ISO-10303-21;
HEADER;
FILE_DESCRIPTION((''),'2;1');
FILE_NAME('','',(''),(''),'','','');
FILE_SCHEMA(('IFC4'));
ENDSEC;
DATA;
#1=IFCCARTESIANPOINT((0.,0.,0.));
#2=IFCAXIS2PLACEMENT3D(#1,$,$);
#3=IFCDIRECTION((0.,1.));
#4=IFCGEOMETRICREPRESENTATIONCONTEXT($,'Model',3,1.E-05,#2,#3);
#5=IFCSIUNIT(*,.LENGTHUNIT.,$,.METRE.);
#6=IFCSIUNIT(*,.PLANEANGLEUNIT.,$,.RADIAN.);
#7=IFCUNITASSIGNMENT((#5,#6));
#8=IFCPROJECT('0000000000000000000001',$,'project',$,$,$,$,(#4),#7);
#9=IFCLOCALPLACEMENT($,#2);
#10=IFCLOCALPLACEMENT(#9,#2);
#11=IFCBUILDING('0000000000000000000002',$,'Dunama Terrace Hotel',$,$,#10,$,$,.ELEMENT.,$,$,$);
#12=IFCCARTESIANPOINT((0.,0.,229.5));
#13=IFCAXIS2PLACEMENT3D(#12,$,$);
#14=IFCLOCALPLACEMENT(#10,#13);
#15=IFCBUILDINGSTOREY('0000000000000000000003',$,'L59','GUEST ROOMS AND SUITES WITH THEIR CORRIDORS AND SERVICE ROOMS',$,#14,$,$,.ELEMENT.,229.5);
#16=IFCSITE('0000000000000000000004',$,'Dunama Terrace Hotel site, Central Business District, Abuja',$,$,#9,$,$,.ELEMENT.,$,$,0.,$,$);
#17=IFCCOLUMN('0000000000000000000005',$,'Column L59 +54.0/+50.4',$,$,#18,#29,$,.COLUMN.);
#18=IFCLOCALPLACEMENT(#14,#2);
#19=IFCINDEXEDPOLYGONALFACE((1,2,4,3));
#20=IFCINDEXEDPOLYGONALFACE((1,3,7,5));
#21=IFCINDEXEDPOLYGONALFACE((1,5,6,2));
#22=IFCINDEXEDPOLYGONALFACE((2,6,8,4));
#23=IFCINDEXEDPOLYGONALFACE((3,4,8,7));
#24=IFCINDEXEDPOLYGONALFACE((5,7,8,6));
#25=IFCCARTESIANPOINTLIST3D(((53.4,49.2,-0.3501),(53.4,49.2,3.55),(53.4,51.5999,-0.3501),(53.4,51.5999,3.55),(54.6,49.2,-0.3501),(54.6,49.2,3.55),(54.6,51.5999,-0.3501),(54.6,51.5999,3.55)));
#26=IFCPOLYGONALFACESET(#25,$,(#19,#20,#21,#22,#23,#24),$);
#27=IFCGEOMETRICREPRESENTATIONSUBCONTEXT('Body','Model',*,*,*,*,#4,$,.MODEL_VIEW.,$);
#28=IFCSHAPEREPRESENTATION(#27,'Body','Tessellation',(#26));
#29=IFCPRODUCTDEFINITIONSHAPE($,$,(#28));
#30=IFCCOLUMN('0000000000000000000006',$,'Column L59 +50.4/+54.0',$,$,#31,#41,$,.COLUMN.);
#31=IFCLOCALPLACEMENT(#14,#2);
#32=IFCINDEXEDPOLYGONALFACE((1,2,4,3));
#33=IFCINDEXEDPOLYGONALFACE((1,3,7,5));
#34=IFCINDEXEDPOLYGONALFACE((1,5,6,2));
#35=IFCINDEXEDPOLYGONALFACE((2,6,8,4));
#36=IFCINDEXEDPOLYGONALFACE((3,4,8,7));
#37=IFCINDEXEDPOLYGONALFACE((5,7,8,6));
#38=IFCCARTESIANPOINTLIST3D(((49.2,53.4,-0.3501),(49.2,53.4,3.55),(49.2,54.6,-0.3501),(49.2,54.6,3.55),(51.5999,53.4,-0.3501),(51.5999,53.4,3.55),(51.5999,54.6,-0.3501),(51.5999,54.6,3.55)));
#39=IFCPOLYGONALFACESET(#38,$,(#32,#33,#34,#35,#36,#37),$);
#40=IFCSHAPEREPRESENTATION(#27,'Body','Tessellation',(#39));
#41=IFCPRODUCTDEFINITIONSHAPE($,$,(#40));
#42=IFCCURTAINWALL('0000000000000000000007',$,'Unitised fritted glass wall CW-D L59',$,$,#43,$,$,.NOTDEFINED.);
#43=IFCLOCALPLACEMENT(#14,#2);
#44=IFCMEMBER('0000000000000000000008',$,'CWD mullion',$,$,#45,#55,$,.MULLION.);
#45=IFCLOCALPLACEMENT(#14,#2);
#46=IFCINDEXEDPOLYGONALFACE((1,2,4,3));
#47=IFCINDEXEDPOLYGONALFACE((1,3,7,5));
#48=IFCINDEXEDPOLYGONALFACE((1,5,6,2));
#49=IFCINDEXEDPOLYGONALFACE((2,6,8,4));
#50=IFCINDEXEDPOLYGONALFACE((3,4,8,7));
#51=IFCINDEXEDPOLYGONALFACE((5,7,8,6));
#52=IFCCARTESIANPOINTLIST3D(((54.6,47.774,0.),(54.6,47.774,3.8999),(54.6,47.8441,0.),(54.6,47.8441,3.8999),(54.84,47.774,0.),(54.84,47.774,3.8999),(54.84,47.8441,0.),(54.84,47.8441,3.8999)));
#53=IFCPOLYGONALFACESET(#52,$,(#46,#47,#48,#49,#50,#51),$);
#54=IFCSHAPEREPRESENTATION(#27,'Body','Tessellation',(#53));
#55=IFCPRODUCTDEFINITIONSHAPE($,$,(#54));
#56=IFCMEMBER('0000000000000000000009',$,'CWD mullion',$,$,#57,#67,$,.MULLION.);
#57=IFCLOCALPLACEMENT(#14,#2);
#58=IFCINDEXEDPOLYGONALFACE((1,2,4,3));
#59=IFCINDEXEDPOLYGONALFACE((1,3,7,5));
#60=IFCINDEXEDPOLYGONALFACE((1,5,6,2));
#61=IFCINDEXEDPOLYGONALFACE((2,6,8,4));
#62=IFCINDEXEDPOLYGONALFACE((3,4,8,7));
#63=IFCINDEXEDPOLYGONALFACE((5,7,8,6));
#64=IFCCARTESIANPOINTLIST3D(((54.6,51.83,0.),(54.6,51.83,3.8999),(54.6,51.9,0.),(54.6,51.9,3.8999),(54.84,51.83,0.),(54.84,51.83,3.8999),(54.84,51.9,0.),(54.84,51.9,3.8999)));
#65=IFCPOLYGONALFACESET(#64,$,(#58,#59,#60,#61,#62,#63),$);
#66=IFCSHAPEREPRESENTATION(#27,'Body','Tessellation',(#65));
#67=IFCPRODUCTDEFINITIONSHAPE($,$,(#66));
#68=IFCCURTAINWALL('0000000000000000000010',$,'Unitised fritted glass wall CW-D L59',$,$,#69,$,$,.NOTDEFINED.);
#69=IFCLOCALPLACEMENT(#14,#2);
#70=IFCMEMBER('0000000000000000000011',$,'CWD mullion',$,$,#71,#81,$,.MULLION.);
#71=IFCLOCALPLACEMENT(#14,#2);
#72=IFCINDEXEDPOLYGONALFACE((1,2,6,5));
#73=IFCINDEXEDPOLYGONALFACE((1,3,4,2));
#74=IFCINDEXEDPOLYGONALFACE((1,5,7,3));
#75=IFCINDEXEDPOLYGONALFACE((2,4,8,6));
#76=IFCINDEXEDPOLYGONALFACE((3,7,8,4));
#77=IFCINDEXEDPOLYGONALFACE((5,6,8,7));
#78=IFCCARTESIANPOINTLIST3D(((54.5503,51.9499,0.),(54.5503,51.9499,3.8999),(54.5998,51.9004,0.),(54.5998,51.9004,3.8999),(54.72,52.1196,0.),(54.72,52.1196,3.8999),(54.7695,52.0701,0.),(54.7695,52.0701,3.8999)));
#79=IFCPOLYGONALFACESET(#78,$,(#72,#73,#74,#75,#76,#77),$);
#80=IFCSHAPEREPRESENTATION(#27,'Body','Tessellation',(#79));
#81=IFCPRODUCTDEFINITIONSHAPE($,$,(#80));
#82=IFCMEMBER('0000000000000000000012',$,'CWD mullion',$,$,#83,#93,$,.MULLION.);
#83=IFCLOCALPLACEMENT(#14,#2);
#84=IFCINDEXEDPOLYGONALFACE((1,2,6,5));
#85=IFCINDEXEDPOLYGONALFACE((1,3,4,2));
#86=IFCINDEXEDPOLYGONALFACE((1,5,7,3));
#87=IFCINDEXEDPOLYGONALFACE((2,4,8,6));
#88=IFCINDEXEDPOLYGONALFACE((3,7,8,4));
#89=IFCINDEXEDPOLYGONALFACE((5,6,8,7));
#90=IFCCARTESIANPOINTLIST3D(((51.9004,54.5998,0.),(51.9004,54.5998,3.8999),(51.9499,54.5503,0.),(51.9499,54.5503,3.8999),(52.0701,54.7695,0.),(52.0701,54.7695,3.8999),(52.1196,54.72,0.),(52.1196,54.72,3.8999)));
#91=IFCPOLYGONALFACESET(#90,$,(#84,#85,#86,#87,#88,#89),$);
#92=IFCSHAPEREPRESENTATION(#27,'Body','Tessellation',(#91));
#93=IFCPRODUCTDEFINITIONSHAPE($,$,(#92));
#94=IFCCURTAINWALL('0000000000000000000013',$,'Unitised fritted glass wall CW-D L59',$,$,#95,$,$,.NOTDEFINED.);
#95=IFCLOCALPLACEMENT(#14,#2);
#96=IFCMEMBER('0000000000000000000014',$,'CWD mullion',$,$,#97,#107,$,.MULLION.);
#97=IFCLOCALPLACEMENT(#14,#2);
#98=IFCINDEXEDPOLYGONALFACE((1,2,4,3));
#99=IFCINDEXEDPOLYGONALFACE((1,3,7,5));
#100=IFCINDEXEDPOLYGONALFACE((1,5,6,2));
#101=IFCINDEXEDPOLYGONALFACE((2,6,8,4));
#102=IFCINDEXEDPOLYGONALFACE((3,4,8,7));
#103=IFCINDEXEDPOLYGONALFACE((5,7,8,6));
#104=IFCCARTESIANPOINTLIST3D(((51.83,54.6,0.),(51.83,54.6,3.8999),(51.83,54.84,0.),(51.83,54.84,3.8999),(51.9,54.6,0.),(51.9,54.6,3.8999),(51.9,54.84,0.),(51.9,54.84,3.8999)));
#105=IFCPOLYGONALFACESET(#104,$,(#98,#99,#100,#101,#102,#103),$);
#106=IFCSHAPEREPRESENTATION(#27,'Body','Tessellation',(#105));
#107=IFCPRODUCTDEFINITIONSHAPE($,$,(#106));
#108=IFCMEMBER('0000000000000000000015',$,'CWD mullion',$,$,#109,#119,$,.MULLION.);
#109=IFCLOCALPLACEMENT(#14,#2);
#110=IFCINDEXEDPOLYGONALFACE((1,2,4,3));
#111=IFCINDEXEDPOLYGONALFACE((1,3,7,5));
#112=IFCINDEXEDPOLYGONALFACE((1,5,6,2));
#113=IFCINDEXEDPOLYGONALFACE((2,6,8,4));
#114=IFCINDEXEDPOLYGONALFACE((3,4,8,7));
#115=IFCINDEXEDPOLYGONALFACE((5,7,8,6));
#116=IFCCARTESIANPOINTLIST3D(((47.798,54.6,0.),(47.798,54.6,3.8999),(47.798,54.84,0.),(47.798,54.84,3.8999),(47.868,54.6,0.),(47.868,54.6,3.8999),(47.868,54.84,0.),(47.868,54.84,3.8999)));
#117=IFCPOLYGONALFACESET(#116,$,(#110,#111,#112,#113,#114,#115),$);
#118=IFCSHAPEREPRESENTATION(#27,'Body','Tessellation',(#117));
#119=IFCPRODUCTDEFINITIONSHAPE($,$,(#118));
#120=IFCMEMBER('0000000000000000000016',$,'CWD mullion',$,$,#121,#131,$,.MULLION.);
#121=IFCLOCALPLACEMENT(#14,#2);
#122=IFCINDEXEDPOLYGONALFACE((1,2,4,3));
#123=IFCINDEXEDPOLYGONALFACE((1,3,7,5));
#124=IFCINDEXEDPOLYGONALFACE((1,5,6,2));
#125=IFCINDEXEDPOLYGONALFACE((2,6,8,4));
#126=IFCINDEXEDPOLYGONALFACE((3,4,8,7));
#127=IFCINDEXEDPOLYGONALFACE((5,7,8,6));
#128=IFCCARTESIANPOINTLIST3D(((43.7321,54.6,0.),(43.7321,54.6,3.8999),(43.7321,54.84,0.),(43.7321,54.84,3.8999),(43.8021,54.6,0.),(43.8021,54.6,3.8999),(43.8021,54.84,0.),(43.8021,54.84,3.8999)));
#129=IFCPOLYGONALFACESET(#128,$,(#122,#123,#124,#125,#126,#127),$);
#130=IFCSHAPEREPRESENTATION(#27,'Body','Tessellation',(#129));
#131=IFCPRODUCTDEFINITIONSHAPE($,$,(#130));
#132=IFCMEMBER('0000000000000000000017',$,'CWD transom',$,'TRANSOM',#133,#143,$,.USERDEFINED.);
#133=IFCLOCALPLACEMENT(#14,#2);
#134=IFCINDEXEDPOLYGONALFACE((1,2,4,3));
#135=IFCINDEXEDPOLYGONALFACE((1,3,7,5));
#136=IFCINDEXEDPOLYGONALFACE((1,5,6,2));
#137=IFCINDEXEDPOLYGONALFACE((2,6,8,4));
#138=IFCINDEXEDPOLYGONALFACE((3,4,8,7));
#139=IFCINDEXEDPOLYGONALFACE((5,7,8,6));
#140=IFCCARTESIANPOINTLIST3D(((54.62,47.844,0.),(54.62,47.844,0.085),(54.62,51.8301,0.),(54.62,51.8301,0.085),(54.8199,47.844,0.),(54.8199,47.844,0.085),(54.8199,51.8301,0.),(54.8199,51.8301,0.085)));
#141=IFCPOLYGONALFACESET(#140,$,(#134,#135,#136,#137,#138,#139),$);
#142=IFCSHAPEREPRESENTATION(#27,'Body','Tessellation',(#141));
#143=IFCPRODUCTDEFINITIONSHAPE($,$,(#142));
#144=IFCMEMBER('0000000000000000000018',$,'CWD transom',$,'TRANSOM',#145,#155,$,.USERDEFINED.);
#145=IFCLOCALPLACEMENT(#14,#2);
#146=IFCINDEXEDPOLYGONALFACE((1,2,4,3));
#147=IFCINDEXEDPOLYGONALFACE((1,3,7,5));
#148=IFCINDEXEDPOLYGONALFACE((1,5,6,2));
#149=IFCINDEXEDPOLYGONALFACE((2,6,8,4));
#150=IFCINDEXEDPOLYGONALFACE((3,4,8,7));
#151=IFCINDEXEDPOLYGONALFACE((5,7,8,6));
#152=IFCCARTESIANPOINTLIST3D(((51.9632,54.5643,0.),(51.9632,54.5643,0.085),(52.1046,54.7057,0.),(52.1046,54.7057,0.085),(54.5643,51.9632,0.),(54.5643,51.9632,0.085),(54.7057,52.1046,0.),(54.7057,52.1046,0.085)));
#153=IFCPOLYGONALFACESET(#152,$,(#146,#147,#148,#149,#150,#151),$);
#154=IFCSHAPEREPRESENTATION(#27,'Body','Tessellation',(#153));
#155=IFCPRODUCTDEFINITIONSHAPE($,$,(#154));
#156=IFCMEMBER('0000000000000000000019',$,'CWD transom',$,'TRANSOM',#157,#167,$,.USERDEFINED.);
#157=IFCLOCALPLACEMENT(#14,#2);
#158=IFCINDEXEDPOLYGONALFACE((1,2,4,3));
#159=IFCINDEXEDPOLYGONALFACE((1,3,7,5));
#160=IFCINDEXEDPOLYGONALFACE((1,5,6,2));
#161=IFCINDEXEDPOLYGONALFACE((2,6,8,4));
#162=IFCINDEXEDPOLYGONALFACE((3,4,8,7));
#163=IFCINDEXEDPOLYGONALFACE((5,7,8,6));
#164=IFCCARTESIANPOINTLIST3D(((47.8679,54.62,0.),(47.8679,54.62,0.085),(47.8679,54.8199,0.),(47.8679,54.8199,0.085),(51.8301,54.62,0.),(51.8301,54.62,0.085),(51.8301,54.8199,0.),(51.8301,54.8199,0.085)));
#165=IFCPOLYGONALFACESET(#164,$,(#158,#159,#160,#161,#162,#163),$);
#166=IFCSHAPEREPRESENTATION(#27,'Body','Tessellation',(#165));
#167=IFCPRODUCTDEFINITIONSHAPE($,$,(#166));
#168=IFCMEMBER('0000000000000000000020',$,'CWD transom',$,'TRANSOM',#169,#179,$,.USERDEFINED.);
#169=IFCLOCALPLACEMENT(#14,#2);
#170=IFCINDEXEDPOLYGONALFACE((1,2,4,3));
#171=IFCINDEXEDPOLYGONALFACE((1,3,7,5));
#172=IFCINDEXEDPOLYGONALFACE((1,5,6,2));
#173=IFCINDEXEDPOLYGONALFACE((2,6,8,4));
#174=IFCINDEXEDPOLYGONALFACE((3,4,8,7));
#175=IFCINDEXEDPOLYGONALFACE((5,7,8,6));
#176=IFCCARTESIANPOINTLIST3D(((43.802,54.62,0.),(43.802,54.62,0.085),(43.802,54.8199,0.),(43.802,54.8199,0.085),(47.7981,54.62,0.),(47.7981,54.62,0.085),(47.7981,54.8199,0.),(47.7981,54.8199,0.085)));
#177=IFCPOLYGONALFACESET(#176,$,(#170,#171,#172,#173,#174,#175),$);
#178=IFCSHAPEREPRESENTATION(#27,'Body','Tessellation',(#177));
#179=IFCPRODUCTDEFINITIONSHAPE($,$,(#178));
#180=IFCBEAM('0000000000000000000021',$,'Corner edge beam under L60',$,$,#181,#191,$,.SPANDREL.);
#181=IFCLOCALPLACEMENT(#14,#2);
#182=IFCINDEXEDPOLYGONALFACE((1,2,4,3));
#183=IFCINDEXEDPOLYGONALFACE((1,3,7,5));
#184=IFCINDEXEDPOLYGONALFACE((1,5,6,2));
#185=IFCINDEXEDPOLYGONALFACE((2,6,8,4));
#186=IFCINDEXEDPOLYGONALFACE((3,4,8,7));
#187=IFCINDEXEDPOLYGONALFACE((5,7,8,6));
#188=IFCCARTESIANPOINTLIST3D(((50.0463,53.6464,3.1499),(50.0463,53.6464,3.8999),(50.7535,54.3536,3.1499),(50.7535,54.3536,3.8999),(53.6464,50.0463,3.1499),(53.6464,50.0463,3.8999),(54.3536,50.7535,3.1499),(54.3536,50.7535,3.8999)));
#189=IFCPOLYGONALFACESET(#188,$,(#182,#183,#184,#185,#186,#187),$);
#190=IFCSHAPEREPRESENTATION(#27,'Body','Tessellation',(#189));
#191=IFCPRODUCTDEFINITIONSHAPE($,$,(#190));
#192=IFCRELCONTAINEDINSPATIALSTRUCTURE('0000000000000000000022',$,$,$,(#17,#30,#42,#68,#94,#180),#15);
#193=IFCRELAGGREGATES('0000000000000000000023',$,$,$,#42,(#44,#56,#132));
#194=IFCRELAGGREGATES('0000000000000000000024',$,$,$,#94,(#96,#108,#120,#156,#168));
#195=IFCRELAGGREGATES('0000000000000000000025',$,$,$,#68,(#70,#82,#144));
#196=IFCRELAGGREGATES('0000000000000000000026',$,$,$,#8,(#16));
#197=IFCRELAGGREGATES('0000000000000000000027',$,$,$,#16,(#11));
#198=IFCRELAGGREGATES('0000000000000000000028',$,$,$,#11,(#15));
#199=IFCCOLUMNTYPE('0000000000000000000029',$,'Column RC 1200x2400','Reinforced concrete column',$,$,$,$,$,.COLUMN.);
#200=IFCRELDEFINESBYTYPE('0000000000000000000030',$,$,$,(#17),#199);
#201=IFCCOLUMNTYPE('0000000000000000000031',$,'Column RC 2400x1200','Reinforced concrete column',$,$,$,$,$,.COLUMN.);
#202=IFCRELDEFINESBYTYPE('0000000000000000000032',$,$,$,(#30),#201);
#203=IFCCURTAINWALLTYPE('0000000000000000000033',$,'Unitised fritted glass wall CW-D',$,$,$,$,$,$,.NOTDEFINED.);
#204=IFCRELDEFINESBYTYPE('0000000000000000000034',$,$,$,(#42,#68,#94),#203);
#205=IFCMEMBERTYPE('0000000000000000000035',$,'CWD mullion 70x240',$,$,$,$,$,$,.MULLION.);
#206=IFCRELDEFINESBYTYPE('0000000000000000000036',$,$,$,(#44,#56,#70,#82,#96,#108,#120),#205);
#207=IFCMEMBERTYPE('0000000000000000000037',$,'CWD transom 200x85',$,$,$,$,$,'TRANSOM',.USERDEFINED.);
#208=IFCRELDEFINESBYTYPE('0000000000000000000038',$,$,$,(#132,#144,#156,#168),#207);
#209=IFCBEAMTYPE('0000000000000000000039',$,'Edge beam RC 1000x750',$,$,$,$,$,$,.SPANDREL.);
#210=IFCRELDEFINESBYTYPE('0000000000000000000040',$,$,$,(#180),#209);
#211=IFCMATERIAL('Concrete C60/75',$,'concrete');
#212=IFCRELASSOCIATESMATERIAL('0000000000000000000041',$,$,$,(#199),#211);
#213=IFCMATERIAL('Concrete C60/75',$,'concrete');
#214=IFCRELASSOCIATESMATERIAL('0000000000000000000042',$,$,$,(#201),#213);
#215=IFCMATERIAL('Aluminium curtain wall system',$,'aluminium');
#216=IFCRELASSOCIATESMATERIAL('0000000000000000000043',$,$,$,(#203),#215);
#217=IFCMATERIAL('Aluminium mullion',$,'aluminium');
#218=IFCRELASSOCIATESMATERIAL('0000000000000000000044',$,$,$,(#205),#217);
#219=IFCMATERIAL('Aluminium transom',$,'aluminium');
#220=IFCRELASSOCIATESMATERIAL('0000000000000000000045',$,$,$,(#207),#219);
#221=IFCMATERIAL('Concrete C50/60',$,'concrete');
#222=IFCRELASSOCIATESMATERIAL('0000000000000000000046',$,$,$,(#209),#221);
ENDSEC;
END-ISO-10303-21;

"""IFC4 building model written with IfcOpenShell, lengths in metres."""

from ifc_helpers import new_model, si_unit, direction, frame, origin, origin_2d, place, context, subcontext, project, spatial, rectangle, extrude, material, material_profile, profile_set, type_object, element, aggregate, save


model = new_model("IFC4")

# Units and contexts
model_context = context("Model", 3, precision=1e-05, world=origin(), true_north=direction((0.0, 1.0)))
body_context = subcontext(model_context, "Body", "Model", "MODEL_VIEW")
ifc_project = project(units=[si_unit("LENGTHUNIT", "METRE"), si_unit("PLANEANGLEUNIT", "RADIAN")], contexts=[model_context])

# Site, building, storey
site_placement = place(None, origin())
site = spatial("IfcSite", under=ifc_project, at=site_placement, Name="Dunama Terrace Hotel site, Central Business District, Abuja", CompositionType="ELEMENT", RefElevation=0.0)
building_placement = place(site_placement, origin())
building = spatial("IfcBuilding", under=site, at=building_placement, Name="Dunama Terrace Hotel", CompositionType="ELEMENT")
storey_placement = place(building_placement, frame((0.0, 0.0, 229.5)))
storey = spatial("IfcBuildingStorey", under=building, at=storey_placement, Name="L59", Description="GUEST ROOMS AND SUITES WITH THEIR CORRIDORS AND SERVICE ROOMS", CompositionType="ELEMENT", Elevation=229.5)

# Columns
ifc_material_1 = material(Name="Concrete C60/75", Category="concrete")
ifc_material_profile_1 = material_profile(ifc_material_1, rectangle(XDim=1.2, YDim=2.3999, at=origin_2d()), Name="RC 1200x2400")
ifc_profile_set_1 = profile_set([ifc_material_profile_1], Name="Concrete C60/75")
column_type_1 = type_object("IfcColumnType", Name="Column RC 1200x2400", Description="Reinforced concrete column", PredefinedType="COLUMN", material=ifc_profile_set_1)
column_1_placement = place(storey_placement, frame((54.0, 50.3999, -0.3501), z_axis=(0.0, 0.0, 1.0), x_axis=(1.0, 0.0, 0.0)))
element("IfcColumn", 1, at=column_1_placement, inside=storey, type_object=column_type_1, Name="Column L59 +54.0/+50.4", PredefinedType="COLUMN", context=body_context, shape_type="SweptSolid", body=[
    extrude(rectangle(XDim=1.2, YDim=2.3999, at=origin_2d()), origin(), (0.0, 0.0, 1.0), 3.9001),
])
ifc_material_2 = material(Name="Concrete C60/75", Category="concrete")
ifc_material_profile_2 = material_profile(ifc_material_2, rectangle(XDim=2.3999, YDim=1.2, at=origin_2d()), Name="RC 2400x1200")
ifc_profile_set_2 = profile_set([ifc_material_profile_2], Name="Concrete C60/75")
column_type_2 = type_object("IfcColumnType", Name="Column RC 2400x1200", Description="Reinforced concrete column", PredefinedType="COLUMN", material=ifc_profile_set_2)
column_2_placement = place(storey_placement, frame((50.3999, 54.0, -0.3501), z_axis=(0.0, 0.0, 1.0), x_axis=(1.0, 0.0, 0.0)))
element("IfcColumn", 2, at=column_2_placement, inside=storey, type_object=column_type_2, Name="Column L59 +50.4/+54.0", PredefinedType="COLUMN", context=body_context, shape_type="SweptSolid", body=[
    extrude(rectangle(XDim=2.3999, YDim=1.2, at=origin_2d()), origin(), (0.0, 0.0, 1.0), 3.9001),
])

# Curtain walls, members
ifc_material_3 = material(Name="Aluminium curtain wall system", Category="aluminium")
curtain_wall_type = type_object("IfcCurtainWallType", Name="Unitised fritted glass wall CW-D", PredefinedType="NOTDEFINED", material=ifc_material_3)
curtain_wall_1_placement = place(storey_placement, origin())
curtain_wall_1 = element("IfcCurtainWall", 3, at=curtain_wall_1_placement, inside=storey, type_object=curtain_wall_type, Name="Unitised fritted glass wall CW-D L59", PredefinedType="NOTDEFINED")
ifc_material_4 = material(Name="Aluminium mullion", Category="aluminium")
ifc_material_profile_3 = material_profile(ifc_material_4, rectangle(XDim=0.0701, YDim=0.24, at=origin_2d()), Name="CWD MULLION 70X240")
ifc_profile_set_3 = profile_set([ifc_material_profile_3], Name="Aluminium mullion")
member_type_1 = type_object("IfcMemberType", Name="CWD mullion 70x240", PredefinedType="MULLION", material=ifc_profile_set_3)
member_1_placement = place(storey_placement, frame((54.72, 47.8091, 0.0), z_axis=(0.0, 0.0, 1.0), x_axis=(0.0, 1.0, 0.0)))
member_1 = element("IfcMember", 4, at=member_1_placement, type_object=member_type_1, Name="CWD mullion", PredefinedType="MULLION", context=body_context, shape_type="SweptSolid", body=[
    extrude(rectangle(XDim=0.0701, YDim=0.24, at=origin_2d()), origin(), (0.0, 0.0, 1.0), 3.8999),
])
member_2_placement = place(storey_placement, frame((54.72, 51.865, 0.0), z_axis=(0.0, 0.0, 1.0), x_axis=(0.0, 1.0, 0.0)))
member_2 = element("IfcMember", 5, at=member_2_placement, type_object=member_type_1, Name="CWD mullion", PredefinedType="MULLION", context=body_context, shape_type="SweptSolid", body=[
    extrude(rectangle(XDim=0.0701, YDim=0.24, at=origin_2d()), origin(), (0.0, 0.0, 1.0), 3.8999),
])
curtain_wall_2_placement = place(storey_placement, origin())
curtain_wall_2 = element("IfcCurtainWall", 6, at=curtain_wall_2_placement, inside=storey, type_object=curtain_wall_type, Name="Unitised fritted glass wall CW-D L59", PredefinedType="NOTDEFINED")
member_3_placement = place(storey_placement, frame((54.6599, 52.01, 0.0), z_axis=(0.0, 0.0, 1.0), x_axis=(-0.707107, 0.707107, 0.0)))
member_3 = element("IfcMember", 7, at=member_3_placement, type_object=member_type_1, Name="CWD mullion", PredefinedType="MULLION", context=body_context, shape_type="SweptSolid", body=[
    extrude(rectangle(XDim=0.0701, YDim=0.24, at=origin_2d()), origin(), (0.0, 0.0, 1.0), 3.8999),
])
member_4_placement = place(storey_placement, frame((52.01, 54.6599, 0.0), z_axis=(0.0, 0.0, 1.0), x_axis=(-0.707107, 0.707107, 0.0)))
member_4 = element("IfcMember", 8, at=member_4_placement, type_object=member_type_1, Name="CWD mullion", PredefinedType="MULLION", context=body_context, shape_type="SweptSolid", body=[
    extrude(rectangle(XDim=0.0701, YDim=0.24, at=origin_2d()), origin(), (0.0, 0.0, 1.0), 3.8999),
])
curtain_wall_3_placement = place(storey_placement, origin())
curtain_wall_3 = element("IfcCurtainWall", 9, at=curtain_wall_3_placement, inside=storey, type_object=curtain_wall_type, Name="Unitised fritted glass wall CW-D L59", PredefinedType="NOTDEFINED")
member_5_placement = place(storey_placement, frame((51.865, 54.72, 0.0), z_axis=(0.0, 0.0, 1.0), x_axis=(-1.0, 0.0, 0.0)))
member_5 = element("IfcMember", 10, at=member_5_placement, type_object=member_type_1, Name="CWD mullion", PredefinedType="MULLION", context=body_context, shape_type="SweptSolid", body=[
    extrude(rectangle(XDim=0.0701, YDim=0.24, at=origin_2d()), origin(), (0.0, 0.0, 1.0), 3.8999),
])
member_6_placement = place(storey_placement, frame((47.833, 54.72, 0.0), z_axis=(0.0, 0.0, 1.0), x_axis=(-1.0, 0.0, 0.0)))
member_6 = element("IfcMember", 11, at=member_6_placement, type_object=member_type_1, Name="CWD mullion", PredefinedType="MULLION", context=body_context, shape_type="SweptSolid", body=[
    extrude(rectangle(XDim=0.0701, YDim=0.24, at=origin_2d()), origin(), (0.0, 0.0, 1.0), 3.8999),
])
member_7_placement = place(storey_placement, frame((43.7671, 54.72, 0.0), z_axis=(0.0, 0.0, 1.0), x_axis=(-1.0, 0.0, 0.0)))
member_7 = element("IfcMember", 12, at=member_7_placement, type_object=member_type_1, Name="CWD mullion", PredefinedType="MULLION", context=body_context, shape_type="SweptSolid", body=[
    extrude(rectangle(XDim=0.0701, YDim=0.24, at=origin_2d()), origin(), (0.0, 0.0, 1.0), 3.8999),
])

# Members
ifc_material_5 = material(Name="Aluminium transom", Category="aluminium")
ifc_material_profile_4 = material_profile(ifc_material_5, rectangle(XDim=0.2, YDim=0.085, at=origin_2d()), Name="CWD TRANSOM 200X85")
ifc_profile_set_4 = profile_set([ifc_material_profile_4], Name="Aluminium transom")
member_type_2 = type_object("IfcMemberType", Name="CWD transom 200x85", ElementType="TRANSOM", PredefinedType="USERDEFINED", material=ifc_profile_set_4)
member_8_placement = place(storey_placement, frame((54.72, 47.844, 0.0425), z_axis=(0.0, 1.0, 0.0), x_axis=(-1.0, 0.0, 0.0)))
member_8 = element("IfcMember", 13, at=member_8_placement, type_object=member_type_2, Name="CWD transom", ObjectType="TRANSOM", PredefinedType="USERDEFINED", context=body_context, shape_type="SweptSolid", body=[
    extrude(rectangle(XDim=0.2, YDim=0.085, at=origin_2d()), origin(), (0.0, 0.0, 1.0), 3.9861),
])
member_9_placement = place(storey_placement, frame((54.635, 52.0339, 0.0425), z_axis=(-0.707107, 0.707107, 0.0), x_axis=(-0.707107, -0.707107, 0.0)))
member_9 = element("IfcMember", 14, at=member_9_placement, type_object=member_type_2, Name="CWD transom", ObjectType="TRANSOM", PredefinedType="USERDEFINED", context=body_context, shape_type="SweptSolid", body=[
    extrude(rectangle(XDim=0.2, YDim=0.085, at=origin_2d()), origin(), (0.0, 0.0, 1.0), 3.6785),
])
member_10_placement = place(storey_placement, frame((51.8301, 54.72, 0.0425), z_axis=(-1.0, 0.0, 0.0), x_axis=(0.0, -1.0, 0.0)))
member_10 = element("IfcMember", 15, at=member_10_placement, type_object=member_type_2, Name="CWD transom", ObjectType="TRANSOM", PredefinedType="USERDEFINED", context=body_context, shape_type="SweptSolid", body=[
    extrude(rectangle(XDim=0.2, YDim=0.085, at=origin_2d()), origin(), (0.0, 0.0, 1.0), 3.9622),
])
member_11_placement = place(storey_placement, frame((47.7981, 54.72, 0.0425), z_axis=(-1.0, 0.0, 0.0), x_axis=(0.0, -1.0, 0.0)))
member_11 = element("IfcMember", 16, at=member_11_placement, type_object=member_type_2, Name="CWD transom", ObjectType="TRANSOM", PredefinedType="USERDEFINED", context=body_context, shape_type="SweptSolid", body=[
    extrude(rectangle(XDim=0.2, YDim=0.085, at=origin_2d()), origin(), (0.0, 0.0, 1.0), 3.9961),
])

# Beam
ifc_material_6 = material(Name="Concrete C50/60", Category="concrete")
ifc_material_profile_5 = material_profile(ifc_material_6, rectangle(XDim=1.0, YDim=0.75, at=origin_2d()), Name="RC 1000x750")
ifc_profile_set_5 = profile_set([ifc_material_profile_5], Name="Concrete C50/60")
beam_type = type_object("IfcBeamType", Name="Edge beam RC 1000x750", PredefinedType="SPANDREL", material=ifc_profile_set_5)
beam_placement = place(storey_placement, frame((50.3999, 54.0, 3.5249), z_axis=(0.707107, -0.707107, 0.0), x_axis=(0.707107, 0.707107, 0.0)))
element("IfcBeam", 17, at=beam_placement, inside=storey, type_object=beam_type, Name="Corner edge beam under L60", PredefinedType="SPANDREL", context=body_context, shape_type="SweptSolid", body=[
    extrude(rectangle(XDim=1.0, YDim=0.75, at=origin_2d()), origin(), (0.0, 0.0, 1.0), 5.0913),
])

aggregate(curtain_wall_1, [member_1, member_2, member_8])
aggregate(curtain_wall_3, [member_5, member_6, member_7, member_10, member_11])
aggregate(curtain_wall_2, [member_3, member_4, member_9])

save(model, "model.ifc")
